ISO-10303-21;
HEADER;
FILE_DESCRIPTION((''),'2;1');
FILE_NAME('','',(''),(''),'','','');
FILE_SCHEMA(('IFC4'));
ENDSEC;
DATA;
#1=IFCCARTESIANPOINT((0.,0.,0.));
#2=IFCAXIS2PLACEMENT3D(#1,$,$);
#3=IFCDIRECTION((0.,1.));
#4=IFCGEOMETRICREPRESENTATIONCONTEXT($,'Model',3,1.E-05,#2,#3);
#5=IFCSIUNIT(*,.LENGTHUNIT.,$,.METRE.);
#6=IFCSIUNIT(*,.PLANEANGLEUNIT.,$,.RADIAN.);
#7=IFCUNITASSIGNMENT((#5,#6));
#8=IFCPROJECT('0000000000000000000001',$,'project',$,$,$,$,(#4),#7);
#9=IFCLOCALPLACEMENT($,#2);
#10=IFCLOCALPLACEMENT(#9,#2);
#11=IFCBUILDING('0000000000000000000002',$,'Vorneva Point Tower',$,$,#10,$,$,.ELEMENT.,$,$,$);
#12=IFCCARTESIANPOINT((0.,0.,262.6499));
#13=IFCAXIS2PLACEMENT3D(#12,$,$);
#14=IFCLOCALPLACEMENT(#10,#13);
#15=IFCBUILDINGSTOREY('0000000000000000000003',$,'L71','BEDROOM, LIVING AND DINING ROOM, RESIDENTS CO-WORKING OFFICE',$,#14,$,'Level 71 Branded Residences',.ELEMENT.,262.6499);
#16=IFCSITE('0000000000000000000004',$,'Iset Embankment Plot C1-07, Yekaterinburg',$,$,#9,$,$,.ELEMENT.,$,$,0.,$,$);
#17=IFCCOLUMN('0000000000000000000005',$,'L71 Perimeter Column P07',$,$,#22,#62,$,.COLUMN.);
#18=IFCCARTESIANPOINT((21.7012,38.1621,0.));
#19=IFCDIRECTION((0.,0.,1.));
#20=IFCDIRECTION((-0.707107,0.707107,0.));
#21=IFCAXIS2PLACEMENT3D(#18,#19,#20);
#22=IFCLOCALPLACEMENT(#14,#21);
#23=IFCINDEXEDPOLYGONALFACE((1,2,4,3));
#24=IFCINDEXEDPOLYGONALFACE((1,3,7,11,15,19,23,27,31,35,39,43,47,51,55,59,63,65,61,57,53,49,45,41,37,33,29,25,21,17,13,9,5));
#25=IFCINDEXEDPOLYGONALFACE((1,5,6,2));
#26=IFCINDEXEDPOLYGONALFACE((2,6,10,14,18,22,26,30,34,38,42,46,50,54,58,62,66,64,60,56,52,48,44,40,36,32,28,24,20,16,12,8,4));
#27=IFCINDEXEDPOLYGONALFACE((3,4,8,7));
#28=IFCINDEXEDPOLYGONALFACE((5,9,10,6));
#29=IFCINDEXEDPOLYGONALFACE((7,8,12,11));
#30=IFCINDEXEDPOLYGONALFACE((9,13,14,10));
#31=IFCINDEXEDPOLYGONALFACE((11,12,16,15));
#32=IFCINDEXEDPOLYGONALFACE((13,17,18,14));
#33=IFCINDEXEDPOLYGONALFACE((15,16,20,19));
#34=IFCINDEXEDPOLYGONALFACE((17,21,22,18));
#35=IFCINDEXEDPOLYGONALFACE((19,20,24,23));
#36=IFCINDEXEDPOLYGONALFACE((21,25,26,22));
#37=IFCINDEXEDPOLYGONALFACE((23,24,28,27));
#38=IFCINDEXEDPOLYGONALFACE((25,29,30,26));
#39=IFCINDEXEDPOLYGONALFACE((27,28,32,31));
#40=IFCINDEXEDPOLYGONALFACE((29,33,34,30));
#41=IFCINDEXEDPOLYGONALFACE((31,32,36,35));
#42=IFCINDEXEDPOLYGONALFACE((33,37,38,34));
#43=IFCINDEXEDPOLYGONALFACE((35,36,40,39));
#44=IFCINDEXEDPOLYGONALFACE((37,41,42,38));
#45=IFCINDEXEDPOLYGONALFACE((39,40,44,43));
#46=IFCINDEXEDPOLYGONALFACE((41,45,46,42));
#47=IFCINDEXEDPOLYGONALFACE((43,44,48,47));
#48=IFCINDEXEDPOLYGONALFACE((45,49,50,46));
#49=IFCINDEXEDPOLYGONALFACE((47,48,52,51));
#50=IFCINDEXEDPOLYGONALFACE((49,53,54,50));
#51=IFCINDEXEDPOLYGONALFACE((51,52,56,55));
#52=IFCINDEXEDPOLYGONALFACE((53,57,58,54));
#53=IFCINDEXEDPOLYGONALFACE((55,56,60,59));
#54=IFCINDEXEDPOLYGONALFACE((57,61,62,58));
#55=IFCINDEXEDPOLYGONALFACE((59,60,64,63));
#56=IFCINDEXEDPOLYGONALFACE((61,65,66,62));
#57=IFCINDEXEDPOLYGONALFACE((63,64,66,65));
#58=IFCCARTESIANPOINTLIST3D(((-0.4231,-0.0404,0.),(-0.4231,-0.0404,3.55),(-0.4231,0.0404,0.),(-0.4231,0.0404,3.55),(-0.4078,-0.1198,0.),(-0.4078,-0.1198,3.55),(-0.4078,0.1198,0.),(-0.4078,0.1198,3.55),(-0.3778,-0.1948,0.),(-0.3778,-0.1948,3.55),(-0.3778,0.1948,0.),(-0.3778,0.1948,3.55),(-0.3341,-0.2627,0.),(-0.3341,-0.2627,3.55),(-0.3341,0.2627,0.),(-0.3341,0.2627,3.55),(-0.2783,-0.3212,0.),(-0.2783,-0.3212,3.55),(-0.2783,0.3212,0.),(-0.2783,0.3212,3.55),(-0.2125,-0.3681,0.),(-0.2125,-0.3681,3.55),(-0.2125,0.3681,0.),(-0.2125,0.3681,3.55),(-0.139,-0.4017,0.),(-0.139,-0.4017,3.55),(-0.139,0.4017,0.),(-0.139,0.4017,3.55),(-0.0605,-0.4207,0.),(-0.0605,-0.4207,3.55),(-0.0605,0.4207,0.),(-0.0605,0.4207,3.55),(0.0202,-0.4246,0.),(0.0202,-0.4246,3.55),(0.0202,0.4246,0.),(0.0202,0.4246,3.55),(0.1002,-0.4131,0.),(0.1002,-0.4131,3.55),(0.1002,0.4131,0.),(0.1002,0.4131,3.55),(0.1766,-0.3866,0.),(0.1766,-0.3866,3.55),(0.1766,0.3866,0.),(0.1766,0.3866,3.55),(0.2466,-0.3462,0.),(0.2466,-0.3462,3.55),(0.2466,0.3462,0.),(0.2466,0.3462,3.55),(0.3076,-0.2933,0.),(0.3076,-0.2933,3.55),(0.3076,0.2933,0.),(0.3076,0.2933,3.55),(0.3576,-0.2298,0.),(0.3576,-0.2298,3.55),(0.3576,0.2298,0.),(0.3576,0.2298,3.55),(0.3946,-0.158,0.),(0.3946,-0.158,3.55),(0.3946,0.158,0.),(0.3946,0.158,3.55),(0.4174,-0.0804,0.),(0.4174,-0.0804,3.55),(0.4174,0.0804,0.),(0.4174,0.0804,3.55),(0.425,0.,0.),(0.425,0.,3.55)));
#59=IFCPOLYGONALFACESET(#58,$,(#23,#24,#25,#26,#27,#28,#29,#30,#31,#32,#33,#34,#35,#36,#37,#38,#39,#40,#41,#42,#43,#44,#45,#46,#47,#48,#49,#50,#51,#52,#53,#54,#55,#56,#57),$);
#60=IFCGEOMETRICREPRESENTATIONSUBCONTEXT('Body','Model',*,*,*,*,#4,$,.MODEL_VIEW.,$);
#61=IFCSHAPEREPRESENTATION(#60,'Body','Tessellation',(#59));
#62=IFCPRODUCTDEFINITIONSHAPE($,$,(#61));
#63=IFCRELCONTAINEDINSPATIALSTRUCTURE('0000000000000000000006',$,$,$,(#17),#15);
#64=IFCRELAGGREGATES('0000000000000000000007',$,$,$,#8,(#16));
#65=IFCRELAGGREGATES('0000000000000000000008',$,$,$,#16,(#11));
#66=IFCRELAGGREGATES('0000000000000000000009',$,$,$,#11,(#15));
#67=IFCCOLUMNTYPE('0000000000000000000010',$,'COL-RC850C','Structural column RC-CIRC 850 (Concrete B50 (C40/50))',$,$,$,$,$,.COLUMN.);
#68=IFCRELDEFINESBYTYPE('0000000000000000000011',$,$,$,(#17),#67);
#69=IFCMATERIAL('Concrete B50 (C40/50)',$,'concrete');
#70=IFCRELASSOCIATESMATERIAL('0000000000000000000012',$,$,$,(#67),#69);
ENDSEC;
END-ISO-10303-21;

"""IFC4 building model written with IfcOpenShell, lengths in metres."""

from ifc_helpers import new_model, si_unit, direction, frame, origin, origin_2d, place, context, subcontext, project, spatial, circle, extrude, material, material_profile, profile_set, type_object, element, save


model = new_model("IFC4")

# Units and contexts
model_context = context("Model", 3, precision=1e-05, world=origin(), true_north=direction((0.0, 1.0)))
body_context = subcontext(model_context, "Body", "Model", "MODEL_VIEW")
ifc_project = project(units=[si_unit("LENGTHUNIT", "METRE"), si_unit("PLANEANGLEUNIT", "RADIAN")], contexts=[model_context])

# Site, building, storey
site_placement = place(None, origin())
site = spatial("IfcSite", under=ifc_project, at=site_placement, Name="Iset Embankment Plot C1-07, Yekaterinburg", CompositionType="ELEMENT", RefElevation=0.0)
building_placement = place(site_placement, origin())
building = spatial("IfcBuilding", under=site, at=building_placement, Name="Vorneva Point Tower", CompositionType="ELEMENT")
storey_placement = place(building_placement, frame((0.0, 0.0, 262.6499)))
storey = spatial("IfcBuildingStorey", under=building, at=storey_placement, Name="L71", Description="BEDROOM, LIVING AND DINING ROOM, RESIDENTS CO-WORKING OFFICE", LongName="Level 71 Branded Residences", CompositionType="ELEMENT", Elevation=262.6499)

# Column
ifc_material_1 = material(Name="Concrete B50 (C40/50)", Category="concrete")
ifc_material_profile_1 = material_profile(ifc_material_1, circle(Radius=0.425, at=origin_2d()), Name="RC-CIRC 850")
ifc_profile_set_1 = profile_set([ifc_material_profile_1], Name="Concrete B50 (C40/50)")
column_type_1 = type_object("IfcColumnType", Name="COL-RC850C", Description="Structural column RC-CIRC 850 (Concrete B50 (C40/50))", PredefinedType="COLUMN", material=ifc_profile_set_1)
column_placement = place(storey_placement, frame((21.7012, 38.1621, 0.0), z_axis=(0.0, 0.0, 1.0), x_axis=(-0.707107, 0.707107, 0.0)))
element("IfcColumn", 1, at=column_placement, inside=storey, type_object=column_type_1, Name="L71 Perimeter Column P07", PredefinedType="COLUMN", context=body_context, shape_type="SweptSolid", body=[
    extrude(circle(Radius=0.425, at=origin_2d()), origin(), (0.0, 0.0, 1.0), 3.55),
])

save(model, "model.ifc")
